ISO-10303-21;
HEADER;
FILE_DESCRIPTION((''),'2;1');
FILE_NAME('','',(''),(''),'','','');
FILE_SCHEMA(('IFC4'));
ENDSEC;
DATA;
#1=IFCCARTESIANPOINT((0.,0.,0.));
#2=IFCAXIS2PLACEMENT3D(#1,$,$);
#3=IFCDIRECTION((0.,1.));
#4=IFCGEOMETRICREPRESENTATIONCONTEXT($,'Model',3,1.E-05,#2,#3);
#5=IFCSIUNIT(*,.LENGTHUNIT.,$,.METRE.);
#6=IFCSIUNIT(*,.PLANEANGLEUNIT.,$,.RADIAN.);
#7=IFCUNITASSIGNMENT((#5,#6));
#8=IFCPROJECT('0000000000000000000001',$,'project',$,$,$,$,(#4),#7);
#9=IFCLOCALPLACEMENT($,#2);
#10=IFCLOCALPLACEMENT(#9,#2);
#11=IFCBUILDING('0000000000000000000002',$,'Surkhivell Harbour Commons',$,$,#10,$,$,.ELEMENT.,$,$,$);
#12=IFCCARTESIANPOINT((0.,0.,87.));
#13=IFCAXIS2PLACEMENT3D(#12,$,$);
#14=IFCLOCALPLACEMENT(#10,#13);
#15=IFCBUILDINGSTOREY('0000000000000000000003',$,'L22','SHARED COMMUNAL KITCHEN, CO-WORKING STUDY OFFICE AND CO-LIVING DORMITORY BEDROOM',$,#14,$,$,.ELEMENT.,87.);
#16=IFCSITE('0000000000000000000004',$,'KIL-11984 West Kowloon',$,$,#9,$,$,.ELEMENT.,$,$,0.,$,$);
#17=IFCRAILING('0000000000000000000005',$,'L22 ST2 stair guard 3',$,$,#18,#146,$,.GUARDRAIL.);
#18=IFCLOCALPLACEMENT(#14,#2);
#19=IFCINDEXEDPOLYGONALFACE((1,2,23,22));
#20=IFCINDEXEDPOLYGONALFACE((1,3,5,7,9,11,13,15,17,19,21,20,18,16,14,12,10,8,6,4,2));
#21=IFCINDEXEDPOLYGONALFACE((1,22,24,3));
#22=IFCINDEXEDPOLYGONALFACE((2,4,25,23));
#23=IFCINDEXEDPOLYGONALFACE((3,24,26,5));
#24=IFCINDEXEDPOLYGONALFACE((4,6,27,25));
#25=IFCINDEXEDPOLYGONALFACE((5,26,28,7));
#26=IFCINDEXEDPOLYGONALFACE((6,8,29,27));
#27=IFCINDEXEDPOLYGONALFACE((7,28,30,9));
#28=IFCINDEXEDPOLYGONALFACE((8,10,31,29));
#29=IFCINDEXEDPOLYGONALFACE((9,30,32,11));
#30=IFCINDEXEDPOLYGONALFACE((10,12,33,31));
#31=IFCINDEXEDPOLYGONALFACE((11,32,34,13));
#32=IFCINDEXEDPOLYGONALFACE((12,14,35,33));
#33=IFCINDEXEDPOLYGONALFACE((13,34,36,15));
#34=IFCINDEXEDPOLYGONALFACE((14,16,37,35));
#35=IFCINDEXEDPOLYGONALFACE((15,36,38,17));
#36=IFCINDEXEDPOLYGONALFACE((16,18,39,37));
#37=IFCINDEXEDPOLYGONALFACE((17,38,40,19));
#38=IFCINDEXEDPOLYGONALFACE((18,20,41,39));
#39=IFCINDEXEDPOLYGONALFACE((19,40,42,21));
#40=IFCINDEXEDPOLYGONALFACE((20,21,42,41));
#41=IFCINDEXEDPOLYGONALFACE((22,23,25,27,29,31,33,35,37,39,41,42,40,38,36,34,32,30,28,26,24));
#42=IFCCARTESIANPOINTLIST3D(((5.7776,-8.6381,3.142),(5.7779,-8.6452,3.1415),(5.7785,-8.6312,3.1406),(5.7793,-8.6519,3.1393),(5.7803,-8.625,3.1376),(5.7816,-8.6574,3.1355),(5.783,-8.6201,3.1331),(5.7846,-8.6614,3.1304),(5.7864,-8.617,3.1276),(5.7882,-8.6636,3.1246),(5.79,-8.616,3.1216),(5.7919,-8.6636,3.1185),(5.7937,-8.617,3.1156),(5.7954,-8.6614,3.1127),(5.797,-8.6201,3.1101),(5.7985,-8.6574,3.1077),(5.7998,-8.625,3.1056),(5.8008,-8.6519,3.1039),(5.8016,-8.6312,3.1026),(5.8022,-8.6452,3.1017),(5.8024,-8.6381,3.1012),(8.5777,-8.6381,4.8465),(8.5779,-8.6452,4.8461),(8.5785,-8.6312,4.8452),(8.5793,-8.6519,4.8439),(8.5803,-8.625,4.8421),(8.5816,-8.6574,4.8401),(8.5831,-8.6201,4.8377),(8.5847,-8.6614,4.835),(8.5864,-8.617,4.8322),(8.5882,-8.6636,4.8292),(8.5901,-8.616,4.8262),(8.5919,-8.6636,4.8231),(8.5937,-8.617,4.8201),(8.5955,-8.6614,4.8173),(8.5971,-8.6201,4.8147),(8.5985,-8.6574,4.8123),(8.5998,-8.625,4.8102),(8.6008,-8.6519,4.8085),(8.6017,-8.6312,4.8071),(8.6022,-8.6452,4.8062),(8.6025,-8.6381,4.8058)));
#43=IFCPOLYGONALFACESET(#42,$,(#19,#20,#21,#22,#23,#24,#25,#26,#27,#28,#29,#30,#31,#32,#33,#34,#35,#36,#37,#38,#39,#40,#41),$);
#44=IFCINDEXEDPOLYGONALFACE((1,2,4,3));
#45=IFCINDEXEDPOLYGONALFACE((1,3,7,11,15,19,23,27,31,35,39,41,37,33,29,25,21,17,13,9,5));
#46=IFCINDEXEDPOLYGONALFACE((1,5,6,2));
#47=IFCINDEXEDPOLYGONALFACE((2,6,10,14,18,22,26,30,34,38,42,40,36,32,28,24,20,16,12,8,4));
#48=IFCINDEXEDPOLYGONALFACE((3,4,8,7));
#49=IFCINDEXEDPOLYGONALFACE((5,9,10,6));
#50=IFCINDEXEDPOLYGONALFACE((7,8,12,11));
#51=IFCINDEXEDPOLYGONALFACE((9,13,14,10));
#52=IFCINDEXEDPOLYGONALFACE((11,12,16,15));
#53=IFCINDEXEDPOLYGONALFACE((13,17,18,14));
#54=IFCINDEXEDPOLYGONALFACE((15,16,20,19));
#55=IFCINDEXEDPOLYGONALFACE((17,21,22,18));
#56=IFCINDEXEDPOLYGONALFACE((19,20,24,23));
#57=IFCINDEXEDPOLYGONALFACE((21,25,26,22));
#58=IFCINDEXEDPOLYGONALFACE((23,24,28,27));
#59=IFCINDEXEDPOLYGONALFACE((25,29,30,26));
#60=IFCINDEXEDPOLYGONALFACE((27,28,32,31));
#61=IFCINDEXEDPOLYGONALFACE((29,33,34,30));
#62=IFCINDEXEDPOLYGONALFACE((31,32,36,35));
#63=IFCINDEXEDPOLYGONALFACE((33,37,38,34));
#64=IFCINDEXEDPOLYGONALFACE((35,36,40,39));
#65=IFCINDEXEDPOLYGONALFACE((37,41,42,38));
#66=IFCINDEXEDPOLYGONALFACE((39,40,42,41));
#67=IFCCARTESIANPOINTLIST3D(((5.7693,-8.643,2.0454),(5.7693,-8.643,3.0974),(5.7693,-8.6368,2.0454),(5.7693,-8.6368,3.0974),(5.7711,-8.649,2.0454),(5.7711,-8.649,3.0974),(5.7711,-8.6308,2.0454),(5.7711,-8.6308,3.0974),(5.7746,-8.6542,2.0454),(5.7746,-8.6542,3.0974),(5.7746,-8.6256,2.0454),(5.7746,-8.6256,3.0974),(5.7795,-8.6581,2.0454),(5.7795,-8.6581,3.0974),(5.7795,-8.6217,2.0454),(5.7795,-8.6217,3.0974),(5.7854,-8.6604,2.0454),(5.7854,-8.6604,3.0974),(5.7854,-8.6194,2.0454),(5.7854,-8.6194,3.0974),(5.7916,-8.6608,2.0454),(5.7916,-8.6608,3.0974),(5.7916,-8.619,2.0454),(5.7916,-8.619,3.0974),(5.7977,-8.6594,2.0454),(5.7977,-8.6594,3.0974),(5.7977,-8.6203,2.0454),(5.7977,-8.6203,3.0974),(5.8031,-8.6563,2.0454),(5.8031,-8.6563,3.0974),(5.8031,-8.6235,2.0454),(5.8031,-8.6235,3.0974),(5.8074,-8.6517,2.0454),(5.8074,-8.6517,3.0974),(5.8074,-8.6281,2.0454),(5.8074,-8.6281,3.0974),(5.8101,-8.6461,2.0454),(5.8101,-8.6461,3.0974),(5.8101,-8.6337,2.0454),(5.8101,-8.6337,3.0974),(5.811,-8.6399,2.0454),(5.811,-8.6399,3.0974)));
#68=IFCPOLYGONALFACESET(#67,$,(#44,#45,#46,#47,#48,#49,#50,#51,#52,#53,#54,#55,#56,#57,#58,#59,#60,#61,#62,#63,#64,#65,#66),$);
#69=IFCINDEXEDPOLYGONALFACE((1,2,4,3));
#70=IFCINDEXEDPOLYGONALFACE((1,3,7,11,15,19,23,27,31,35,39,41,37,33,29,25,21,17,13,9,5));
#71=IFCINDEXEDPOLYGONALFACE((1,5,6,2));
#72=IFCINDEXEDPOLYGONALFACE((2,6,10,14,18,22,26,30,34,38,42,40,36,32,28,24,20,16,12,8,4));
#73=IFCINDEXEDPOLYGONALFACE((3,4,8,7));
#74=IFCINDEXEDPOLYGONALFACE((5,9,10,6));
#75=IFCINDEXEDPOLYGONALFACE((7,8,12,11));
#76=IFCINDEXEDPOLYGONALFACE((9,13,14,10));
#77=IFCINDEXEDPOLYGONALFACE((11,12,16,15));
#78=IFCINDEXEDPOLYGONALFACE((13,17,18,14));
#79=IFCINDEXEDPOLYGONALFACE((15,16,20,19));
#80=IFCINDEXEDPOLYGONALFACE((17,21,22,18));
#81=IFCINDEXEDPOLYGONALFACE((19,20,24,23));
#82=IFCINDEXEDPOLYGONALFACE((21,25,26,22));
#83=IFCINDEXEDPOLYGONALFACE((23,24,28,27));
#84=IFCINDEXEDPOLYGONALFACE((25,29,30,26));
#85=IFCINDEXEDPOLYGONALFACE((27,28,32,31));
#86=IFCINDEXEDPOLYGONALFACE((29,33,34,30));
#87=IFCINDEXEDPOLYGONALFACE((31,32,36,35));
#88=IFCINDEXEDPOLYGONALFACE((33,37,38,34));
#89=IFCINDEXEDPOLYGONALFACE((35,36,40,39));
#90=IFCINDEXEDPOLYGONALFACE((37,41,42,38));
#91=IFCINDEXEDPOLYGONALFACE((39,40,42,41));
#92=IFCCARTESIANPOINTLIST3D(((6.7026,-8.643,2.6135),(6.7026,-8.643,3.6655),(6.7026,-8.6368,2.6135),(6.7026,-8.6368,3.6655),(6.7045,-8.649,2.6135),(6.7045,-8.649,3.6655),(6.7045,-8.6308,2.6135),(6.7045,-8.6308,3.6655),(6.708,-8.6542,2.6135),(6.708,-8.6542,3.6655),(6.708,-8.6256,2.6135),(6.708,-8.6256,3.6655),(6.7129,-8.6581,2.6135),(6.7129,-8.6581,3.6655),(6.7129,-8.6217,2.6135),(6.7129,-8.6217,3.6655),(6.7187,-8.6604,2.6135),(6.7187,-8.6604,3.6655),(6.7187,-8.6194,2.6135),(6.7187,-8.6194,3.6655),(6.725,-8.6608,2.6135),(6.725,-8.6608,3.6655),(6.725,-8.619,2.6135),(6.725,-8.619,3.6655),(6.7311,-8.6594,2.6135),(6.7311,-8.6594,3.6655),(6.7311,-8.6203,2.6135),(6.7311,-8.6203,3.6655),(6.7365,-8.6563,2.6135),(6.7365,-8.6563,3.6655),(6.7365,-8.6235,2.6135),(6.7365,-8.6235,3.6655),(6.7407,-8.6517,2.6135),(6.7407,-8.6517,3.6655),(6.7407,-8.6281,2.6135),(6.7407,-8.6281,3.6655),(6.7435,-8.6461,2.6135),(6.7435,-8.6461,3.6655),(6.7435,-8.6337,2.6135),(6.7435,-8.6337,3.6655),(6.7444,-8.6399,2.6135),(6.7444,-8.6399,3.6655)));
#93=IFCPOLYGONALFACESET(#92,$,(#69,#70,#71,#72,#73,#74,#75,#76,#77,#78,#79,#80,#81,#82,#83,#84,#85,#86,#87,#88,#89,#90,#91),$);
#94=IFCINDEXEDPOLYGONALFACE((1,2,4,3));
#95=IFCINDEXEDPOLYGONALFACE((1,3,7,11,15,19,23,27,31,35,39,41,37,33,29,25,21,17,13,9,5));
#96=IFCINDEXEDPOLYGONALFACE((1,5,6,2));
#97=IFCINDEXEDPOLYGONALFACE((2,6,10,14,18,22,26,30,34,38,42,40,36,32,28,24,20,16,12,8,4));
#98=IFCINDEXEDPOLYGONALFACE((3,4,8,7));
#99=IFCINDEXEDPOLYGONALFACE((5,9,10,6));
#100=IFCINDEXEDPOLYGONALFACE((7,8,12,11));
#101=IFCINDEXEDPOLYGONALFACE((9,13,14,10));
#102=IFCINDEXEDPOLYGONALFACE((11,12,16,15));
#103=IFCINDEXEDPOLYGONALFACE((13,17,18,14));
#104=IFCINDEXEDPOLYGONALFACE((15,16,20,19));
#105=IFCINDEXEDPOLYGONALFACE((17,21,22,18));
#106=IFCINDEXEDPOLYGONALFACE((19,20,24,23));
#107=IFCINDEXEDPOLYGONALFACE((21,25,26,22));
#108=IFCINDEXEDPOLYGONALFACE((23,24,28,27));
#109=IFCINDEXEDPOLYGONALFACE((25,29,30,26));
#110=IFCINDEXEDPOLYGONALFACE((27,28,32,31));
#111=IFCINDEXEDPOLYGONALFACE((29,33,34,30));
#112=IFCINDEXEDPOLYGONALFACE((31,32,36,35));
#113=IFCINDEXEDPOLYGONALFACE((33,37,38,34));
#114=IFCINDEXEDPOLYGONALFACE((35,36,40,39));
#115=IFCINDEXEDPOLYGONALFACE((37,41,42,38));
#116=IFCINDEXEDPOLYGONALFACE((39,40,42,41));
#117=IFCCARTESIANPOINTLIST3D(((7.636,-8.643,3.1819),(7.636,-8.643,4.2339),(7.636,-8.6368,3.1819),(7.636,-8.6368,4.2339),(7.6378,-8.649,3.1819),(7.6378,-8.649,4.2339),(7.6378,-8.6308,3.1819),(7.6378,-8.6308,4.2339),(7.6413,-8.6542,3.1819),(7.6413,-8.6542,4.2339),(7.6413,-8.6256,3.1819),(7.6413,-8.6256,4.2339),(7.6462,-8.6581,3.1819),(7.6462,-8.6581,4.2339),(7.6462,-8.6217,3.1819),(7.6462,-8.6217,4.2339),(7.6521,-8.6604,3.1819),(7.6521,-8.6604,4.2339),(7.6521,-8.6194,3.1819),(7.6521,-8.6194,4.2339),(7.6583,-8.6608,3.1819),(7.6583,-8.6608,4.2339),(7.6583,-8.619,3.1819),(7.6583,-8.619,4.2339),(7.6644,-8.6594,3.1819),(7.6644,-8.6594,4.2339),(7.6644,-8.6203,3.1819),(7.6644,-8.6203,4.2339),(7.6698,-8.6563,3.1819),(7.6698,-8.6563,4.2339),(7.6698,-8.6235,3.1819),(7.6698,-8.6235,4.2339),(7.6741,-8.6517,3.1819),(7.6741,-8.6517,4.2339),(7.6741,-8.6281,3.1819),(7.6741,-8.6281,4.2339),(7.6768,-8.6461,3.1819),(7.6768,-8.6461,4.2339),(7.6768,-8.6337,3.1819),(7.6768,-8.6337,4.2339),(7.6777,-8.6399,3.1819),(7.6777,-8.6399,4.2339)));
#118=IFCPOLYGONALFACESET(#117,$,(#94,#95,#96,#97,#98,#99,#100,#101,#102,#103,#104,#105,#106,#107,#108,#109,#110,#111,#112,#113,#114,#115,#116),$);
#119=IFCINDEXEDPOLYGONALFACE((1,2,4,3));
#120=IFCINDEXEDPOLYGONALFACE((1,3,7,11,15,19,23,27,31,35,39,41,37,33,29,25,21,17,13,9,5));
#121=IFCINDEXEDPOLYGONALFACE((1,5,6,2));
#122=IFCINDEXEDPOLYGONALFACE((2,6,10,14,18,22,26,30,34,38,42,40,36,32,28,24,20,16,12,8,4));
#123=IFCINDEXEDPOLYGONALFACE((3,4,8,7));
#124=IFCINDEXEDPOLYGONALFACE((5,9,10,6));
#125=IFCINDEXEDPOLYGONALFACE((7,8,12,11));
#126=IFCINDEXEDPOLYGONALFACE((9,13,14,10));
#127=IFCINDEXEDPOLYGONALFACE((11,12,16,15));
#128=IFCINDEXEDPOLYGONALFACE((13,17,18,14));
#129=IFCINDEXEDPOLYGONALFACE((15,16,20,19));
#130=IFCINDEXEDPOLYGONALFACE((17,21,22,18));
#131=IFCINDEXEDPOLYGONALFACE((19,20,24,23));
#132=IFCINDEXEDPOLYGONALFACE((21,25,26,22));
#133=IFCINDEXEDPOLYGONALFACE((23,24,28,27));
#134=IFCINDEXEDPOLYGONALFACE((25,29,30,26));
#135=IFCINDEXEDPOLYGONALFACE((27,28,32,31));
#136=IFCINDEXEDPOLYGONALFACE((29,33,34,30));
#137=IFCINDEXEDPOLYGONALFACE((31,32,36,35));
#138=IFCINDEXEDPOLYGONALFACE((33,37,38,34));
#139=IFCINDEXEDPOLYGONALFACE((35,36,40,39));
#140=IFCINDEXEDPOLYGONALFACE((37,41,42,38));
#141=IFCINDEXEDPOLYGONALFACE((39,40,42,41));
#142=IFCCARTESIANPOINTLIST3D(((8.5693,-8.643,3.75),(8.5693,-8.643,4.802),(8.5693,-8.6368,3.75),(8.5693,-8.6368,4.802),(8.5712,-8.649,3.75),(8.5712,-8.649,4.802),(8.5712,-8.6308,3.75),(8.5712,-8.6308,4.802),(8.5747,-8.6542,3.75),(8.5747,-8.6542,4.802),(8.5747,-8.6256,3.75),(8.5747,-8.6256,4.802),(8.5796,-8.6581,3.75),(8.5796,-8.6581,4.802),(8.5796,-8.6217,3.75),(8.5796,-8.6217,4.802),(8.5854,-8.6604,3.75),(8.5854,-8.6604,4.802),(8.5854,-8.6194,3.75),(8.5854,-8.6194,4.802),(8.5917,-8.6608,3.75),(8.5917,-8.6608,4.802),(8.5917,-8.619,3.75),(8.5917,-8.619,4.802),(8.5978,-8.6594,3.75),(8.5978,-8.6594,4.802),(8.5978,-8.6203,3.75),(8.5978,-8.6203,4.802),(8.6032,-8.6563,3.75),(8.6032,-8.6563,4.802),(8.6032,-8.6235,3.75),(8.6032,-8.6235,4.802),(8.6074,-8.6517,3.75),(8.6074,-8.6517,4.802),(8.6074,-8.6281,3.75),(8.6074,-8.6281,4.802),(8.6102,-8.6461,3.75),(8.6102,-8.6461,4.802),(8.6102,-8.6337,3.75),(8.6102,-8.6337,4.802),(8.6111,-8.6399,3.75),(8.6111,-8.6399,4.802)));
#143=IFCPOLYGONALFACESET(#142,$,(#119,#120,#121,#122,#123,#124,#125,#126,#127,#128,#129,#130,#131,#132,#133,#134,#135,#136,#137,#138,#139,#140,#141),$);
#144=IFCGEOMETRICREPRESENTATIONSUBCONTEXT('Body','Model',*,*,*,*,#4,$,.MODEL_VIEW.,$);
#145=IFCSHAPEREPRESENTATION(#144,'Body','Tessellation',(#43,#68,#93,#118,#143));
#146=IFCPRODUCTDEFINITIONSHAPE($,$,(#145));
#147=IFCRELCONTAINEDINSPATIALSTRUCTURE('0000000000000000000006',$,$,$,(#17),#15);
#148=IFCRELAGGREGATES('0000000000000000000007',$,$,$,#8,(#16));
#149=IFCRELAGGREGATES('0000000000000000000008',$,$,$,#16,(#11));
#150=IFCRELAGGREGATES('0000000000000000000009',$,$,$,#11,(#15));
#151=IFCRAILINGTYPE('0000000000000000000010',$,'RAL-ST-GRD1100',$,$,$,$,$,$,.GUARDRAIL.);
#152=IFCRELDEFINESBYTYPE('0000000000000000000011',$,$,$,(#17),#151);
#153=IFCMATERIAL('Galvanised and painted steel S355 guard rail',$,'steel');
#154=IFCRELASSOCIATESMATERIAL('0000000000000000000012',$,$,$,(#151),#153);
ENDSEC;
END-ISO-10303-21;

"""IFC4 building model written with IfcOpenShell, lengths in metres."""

from ifc_helpers import new_model, si_unit, direction, frame, origin, origin_2d, place, context, subcontext, project, spatial, circle, extrude, material, type_object, element, save


model = new_model("IFC4")

# Units and contexts
model_context = context("Model", 3, precision=1e-05, world=origin(), true_north=direction((0.0, 1.0)))
body_context = subcontext(model_context, "Body", "Model", "MODEL_VIEW")
ifc_project = project(units=[si_unit("LENGTHUNIT", "METRE"), si_unit("PLANEANGLEUNIT", "RADIAN")], contexts=[model_context])

# Site, building, storey
site_placement = place(None, origin())
site = spatial("IfcSite", under=ifc_project, at=site_placement, Name="KIL-11984 West Kowloon", CompositionType="ELEMENT", RefElevation=0.0)
building_placement = place(site_placement, origin())
building = spatial("IfcBuilding", under=site, at=building_placement, Name="Surkhivell Harbour Commons", CompositionType="ELEMENT")
storey_placement = place(building_placement, frame((0.0, 0.0, 87.0)))
storey = spatial("IfcBuildingStorey", under=building, at=storey_placement, Name="L22", Description="SHARED COMMUNAL KITCHEN, CO-WORKING STUDY OFFICE AND CO-LIVING DORMITORY BEDROOM", CompositionType="ELEMENT", Elevation=87.0)

# Railing
ifc_material_1 = material(Name="Galvanised and painted steel S355 guard rail", Category="steel")
railing_type_1 = type_object("IfcRailingType", Name="RAL-ST-GRD1100", PredefinedType="GUARDRAIL", material=ifc_material_1)
railing_1_placement = place(storey_placement, frame((5.79, -8.6399, 2.0454)))
element("IfcRailing", 1, at=railing_1_placement, inside=storey, type_object=railing_type_1, Name="L22 ST2 stair guard 3", PredefinedType="GUARDRAIL", context=body_context, shape_type="SweptSolid", body=[
    extrude(circle(Radius=0.0239, at=origin_2d()), frame((0.0, 0.0, 1.0762), z_axis=(0.85417, 0.0, 0.519994), x_axis=(0.0, 1.0, 0.0)), (0.0, 0.0, 1.0), 3.2781),
    extrude(circle(Radius=0.021, at=origin_2d()), origin(), (0.0, 0.0, 1.0), 1.052),
    extrude(circle(Radius=0.021, at=origin_2d()), frame((0.9333, 0.0, 0.5681)), (0.0, 0.0, 1.0), 1.052),
    extrude(circle(Radius=0.021, at=origin_2d()), frame((1.8667, 0.0, 1.1365)), (0.0, 0.0, 1.0), 1.052),
    extrude(circle(Radius=0.021, at=origin_2d()), frame((2.8, 0.0, 1.7046)), (0.0, 0.0, 1.0), 1.052),
])

save(model, "model.ifc")
